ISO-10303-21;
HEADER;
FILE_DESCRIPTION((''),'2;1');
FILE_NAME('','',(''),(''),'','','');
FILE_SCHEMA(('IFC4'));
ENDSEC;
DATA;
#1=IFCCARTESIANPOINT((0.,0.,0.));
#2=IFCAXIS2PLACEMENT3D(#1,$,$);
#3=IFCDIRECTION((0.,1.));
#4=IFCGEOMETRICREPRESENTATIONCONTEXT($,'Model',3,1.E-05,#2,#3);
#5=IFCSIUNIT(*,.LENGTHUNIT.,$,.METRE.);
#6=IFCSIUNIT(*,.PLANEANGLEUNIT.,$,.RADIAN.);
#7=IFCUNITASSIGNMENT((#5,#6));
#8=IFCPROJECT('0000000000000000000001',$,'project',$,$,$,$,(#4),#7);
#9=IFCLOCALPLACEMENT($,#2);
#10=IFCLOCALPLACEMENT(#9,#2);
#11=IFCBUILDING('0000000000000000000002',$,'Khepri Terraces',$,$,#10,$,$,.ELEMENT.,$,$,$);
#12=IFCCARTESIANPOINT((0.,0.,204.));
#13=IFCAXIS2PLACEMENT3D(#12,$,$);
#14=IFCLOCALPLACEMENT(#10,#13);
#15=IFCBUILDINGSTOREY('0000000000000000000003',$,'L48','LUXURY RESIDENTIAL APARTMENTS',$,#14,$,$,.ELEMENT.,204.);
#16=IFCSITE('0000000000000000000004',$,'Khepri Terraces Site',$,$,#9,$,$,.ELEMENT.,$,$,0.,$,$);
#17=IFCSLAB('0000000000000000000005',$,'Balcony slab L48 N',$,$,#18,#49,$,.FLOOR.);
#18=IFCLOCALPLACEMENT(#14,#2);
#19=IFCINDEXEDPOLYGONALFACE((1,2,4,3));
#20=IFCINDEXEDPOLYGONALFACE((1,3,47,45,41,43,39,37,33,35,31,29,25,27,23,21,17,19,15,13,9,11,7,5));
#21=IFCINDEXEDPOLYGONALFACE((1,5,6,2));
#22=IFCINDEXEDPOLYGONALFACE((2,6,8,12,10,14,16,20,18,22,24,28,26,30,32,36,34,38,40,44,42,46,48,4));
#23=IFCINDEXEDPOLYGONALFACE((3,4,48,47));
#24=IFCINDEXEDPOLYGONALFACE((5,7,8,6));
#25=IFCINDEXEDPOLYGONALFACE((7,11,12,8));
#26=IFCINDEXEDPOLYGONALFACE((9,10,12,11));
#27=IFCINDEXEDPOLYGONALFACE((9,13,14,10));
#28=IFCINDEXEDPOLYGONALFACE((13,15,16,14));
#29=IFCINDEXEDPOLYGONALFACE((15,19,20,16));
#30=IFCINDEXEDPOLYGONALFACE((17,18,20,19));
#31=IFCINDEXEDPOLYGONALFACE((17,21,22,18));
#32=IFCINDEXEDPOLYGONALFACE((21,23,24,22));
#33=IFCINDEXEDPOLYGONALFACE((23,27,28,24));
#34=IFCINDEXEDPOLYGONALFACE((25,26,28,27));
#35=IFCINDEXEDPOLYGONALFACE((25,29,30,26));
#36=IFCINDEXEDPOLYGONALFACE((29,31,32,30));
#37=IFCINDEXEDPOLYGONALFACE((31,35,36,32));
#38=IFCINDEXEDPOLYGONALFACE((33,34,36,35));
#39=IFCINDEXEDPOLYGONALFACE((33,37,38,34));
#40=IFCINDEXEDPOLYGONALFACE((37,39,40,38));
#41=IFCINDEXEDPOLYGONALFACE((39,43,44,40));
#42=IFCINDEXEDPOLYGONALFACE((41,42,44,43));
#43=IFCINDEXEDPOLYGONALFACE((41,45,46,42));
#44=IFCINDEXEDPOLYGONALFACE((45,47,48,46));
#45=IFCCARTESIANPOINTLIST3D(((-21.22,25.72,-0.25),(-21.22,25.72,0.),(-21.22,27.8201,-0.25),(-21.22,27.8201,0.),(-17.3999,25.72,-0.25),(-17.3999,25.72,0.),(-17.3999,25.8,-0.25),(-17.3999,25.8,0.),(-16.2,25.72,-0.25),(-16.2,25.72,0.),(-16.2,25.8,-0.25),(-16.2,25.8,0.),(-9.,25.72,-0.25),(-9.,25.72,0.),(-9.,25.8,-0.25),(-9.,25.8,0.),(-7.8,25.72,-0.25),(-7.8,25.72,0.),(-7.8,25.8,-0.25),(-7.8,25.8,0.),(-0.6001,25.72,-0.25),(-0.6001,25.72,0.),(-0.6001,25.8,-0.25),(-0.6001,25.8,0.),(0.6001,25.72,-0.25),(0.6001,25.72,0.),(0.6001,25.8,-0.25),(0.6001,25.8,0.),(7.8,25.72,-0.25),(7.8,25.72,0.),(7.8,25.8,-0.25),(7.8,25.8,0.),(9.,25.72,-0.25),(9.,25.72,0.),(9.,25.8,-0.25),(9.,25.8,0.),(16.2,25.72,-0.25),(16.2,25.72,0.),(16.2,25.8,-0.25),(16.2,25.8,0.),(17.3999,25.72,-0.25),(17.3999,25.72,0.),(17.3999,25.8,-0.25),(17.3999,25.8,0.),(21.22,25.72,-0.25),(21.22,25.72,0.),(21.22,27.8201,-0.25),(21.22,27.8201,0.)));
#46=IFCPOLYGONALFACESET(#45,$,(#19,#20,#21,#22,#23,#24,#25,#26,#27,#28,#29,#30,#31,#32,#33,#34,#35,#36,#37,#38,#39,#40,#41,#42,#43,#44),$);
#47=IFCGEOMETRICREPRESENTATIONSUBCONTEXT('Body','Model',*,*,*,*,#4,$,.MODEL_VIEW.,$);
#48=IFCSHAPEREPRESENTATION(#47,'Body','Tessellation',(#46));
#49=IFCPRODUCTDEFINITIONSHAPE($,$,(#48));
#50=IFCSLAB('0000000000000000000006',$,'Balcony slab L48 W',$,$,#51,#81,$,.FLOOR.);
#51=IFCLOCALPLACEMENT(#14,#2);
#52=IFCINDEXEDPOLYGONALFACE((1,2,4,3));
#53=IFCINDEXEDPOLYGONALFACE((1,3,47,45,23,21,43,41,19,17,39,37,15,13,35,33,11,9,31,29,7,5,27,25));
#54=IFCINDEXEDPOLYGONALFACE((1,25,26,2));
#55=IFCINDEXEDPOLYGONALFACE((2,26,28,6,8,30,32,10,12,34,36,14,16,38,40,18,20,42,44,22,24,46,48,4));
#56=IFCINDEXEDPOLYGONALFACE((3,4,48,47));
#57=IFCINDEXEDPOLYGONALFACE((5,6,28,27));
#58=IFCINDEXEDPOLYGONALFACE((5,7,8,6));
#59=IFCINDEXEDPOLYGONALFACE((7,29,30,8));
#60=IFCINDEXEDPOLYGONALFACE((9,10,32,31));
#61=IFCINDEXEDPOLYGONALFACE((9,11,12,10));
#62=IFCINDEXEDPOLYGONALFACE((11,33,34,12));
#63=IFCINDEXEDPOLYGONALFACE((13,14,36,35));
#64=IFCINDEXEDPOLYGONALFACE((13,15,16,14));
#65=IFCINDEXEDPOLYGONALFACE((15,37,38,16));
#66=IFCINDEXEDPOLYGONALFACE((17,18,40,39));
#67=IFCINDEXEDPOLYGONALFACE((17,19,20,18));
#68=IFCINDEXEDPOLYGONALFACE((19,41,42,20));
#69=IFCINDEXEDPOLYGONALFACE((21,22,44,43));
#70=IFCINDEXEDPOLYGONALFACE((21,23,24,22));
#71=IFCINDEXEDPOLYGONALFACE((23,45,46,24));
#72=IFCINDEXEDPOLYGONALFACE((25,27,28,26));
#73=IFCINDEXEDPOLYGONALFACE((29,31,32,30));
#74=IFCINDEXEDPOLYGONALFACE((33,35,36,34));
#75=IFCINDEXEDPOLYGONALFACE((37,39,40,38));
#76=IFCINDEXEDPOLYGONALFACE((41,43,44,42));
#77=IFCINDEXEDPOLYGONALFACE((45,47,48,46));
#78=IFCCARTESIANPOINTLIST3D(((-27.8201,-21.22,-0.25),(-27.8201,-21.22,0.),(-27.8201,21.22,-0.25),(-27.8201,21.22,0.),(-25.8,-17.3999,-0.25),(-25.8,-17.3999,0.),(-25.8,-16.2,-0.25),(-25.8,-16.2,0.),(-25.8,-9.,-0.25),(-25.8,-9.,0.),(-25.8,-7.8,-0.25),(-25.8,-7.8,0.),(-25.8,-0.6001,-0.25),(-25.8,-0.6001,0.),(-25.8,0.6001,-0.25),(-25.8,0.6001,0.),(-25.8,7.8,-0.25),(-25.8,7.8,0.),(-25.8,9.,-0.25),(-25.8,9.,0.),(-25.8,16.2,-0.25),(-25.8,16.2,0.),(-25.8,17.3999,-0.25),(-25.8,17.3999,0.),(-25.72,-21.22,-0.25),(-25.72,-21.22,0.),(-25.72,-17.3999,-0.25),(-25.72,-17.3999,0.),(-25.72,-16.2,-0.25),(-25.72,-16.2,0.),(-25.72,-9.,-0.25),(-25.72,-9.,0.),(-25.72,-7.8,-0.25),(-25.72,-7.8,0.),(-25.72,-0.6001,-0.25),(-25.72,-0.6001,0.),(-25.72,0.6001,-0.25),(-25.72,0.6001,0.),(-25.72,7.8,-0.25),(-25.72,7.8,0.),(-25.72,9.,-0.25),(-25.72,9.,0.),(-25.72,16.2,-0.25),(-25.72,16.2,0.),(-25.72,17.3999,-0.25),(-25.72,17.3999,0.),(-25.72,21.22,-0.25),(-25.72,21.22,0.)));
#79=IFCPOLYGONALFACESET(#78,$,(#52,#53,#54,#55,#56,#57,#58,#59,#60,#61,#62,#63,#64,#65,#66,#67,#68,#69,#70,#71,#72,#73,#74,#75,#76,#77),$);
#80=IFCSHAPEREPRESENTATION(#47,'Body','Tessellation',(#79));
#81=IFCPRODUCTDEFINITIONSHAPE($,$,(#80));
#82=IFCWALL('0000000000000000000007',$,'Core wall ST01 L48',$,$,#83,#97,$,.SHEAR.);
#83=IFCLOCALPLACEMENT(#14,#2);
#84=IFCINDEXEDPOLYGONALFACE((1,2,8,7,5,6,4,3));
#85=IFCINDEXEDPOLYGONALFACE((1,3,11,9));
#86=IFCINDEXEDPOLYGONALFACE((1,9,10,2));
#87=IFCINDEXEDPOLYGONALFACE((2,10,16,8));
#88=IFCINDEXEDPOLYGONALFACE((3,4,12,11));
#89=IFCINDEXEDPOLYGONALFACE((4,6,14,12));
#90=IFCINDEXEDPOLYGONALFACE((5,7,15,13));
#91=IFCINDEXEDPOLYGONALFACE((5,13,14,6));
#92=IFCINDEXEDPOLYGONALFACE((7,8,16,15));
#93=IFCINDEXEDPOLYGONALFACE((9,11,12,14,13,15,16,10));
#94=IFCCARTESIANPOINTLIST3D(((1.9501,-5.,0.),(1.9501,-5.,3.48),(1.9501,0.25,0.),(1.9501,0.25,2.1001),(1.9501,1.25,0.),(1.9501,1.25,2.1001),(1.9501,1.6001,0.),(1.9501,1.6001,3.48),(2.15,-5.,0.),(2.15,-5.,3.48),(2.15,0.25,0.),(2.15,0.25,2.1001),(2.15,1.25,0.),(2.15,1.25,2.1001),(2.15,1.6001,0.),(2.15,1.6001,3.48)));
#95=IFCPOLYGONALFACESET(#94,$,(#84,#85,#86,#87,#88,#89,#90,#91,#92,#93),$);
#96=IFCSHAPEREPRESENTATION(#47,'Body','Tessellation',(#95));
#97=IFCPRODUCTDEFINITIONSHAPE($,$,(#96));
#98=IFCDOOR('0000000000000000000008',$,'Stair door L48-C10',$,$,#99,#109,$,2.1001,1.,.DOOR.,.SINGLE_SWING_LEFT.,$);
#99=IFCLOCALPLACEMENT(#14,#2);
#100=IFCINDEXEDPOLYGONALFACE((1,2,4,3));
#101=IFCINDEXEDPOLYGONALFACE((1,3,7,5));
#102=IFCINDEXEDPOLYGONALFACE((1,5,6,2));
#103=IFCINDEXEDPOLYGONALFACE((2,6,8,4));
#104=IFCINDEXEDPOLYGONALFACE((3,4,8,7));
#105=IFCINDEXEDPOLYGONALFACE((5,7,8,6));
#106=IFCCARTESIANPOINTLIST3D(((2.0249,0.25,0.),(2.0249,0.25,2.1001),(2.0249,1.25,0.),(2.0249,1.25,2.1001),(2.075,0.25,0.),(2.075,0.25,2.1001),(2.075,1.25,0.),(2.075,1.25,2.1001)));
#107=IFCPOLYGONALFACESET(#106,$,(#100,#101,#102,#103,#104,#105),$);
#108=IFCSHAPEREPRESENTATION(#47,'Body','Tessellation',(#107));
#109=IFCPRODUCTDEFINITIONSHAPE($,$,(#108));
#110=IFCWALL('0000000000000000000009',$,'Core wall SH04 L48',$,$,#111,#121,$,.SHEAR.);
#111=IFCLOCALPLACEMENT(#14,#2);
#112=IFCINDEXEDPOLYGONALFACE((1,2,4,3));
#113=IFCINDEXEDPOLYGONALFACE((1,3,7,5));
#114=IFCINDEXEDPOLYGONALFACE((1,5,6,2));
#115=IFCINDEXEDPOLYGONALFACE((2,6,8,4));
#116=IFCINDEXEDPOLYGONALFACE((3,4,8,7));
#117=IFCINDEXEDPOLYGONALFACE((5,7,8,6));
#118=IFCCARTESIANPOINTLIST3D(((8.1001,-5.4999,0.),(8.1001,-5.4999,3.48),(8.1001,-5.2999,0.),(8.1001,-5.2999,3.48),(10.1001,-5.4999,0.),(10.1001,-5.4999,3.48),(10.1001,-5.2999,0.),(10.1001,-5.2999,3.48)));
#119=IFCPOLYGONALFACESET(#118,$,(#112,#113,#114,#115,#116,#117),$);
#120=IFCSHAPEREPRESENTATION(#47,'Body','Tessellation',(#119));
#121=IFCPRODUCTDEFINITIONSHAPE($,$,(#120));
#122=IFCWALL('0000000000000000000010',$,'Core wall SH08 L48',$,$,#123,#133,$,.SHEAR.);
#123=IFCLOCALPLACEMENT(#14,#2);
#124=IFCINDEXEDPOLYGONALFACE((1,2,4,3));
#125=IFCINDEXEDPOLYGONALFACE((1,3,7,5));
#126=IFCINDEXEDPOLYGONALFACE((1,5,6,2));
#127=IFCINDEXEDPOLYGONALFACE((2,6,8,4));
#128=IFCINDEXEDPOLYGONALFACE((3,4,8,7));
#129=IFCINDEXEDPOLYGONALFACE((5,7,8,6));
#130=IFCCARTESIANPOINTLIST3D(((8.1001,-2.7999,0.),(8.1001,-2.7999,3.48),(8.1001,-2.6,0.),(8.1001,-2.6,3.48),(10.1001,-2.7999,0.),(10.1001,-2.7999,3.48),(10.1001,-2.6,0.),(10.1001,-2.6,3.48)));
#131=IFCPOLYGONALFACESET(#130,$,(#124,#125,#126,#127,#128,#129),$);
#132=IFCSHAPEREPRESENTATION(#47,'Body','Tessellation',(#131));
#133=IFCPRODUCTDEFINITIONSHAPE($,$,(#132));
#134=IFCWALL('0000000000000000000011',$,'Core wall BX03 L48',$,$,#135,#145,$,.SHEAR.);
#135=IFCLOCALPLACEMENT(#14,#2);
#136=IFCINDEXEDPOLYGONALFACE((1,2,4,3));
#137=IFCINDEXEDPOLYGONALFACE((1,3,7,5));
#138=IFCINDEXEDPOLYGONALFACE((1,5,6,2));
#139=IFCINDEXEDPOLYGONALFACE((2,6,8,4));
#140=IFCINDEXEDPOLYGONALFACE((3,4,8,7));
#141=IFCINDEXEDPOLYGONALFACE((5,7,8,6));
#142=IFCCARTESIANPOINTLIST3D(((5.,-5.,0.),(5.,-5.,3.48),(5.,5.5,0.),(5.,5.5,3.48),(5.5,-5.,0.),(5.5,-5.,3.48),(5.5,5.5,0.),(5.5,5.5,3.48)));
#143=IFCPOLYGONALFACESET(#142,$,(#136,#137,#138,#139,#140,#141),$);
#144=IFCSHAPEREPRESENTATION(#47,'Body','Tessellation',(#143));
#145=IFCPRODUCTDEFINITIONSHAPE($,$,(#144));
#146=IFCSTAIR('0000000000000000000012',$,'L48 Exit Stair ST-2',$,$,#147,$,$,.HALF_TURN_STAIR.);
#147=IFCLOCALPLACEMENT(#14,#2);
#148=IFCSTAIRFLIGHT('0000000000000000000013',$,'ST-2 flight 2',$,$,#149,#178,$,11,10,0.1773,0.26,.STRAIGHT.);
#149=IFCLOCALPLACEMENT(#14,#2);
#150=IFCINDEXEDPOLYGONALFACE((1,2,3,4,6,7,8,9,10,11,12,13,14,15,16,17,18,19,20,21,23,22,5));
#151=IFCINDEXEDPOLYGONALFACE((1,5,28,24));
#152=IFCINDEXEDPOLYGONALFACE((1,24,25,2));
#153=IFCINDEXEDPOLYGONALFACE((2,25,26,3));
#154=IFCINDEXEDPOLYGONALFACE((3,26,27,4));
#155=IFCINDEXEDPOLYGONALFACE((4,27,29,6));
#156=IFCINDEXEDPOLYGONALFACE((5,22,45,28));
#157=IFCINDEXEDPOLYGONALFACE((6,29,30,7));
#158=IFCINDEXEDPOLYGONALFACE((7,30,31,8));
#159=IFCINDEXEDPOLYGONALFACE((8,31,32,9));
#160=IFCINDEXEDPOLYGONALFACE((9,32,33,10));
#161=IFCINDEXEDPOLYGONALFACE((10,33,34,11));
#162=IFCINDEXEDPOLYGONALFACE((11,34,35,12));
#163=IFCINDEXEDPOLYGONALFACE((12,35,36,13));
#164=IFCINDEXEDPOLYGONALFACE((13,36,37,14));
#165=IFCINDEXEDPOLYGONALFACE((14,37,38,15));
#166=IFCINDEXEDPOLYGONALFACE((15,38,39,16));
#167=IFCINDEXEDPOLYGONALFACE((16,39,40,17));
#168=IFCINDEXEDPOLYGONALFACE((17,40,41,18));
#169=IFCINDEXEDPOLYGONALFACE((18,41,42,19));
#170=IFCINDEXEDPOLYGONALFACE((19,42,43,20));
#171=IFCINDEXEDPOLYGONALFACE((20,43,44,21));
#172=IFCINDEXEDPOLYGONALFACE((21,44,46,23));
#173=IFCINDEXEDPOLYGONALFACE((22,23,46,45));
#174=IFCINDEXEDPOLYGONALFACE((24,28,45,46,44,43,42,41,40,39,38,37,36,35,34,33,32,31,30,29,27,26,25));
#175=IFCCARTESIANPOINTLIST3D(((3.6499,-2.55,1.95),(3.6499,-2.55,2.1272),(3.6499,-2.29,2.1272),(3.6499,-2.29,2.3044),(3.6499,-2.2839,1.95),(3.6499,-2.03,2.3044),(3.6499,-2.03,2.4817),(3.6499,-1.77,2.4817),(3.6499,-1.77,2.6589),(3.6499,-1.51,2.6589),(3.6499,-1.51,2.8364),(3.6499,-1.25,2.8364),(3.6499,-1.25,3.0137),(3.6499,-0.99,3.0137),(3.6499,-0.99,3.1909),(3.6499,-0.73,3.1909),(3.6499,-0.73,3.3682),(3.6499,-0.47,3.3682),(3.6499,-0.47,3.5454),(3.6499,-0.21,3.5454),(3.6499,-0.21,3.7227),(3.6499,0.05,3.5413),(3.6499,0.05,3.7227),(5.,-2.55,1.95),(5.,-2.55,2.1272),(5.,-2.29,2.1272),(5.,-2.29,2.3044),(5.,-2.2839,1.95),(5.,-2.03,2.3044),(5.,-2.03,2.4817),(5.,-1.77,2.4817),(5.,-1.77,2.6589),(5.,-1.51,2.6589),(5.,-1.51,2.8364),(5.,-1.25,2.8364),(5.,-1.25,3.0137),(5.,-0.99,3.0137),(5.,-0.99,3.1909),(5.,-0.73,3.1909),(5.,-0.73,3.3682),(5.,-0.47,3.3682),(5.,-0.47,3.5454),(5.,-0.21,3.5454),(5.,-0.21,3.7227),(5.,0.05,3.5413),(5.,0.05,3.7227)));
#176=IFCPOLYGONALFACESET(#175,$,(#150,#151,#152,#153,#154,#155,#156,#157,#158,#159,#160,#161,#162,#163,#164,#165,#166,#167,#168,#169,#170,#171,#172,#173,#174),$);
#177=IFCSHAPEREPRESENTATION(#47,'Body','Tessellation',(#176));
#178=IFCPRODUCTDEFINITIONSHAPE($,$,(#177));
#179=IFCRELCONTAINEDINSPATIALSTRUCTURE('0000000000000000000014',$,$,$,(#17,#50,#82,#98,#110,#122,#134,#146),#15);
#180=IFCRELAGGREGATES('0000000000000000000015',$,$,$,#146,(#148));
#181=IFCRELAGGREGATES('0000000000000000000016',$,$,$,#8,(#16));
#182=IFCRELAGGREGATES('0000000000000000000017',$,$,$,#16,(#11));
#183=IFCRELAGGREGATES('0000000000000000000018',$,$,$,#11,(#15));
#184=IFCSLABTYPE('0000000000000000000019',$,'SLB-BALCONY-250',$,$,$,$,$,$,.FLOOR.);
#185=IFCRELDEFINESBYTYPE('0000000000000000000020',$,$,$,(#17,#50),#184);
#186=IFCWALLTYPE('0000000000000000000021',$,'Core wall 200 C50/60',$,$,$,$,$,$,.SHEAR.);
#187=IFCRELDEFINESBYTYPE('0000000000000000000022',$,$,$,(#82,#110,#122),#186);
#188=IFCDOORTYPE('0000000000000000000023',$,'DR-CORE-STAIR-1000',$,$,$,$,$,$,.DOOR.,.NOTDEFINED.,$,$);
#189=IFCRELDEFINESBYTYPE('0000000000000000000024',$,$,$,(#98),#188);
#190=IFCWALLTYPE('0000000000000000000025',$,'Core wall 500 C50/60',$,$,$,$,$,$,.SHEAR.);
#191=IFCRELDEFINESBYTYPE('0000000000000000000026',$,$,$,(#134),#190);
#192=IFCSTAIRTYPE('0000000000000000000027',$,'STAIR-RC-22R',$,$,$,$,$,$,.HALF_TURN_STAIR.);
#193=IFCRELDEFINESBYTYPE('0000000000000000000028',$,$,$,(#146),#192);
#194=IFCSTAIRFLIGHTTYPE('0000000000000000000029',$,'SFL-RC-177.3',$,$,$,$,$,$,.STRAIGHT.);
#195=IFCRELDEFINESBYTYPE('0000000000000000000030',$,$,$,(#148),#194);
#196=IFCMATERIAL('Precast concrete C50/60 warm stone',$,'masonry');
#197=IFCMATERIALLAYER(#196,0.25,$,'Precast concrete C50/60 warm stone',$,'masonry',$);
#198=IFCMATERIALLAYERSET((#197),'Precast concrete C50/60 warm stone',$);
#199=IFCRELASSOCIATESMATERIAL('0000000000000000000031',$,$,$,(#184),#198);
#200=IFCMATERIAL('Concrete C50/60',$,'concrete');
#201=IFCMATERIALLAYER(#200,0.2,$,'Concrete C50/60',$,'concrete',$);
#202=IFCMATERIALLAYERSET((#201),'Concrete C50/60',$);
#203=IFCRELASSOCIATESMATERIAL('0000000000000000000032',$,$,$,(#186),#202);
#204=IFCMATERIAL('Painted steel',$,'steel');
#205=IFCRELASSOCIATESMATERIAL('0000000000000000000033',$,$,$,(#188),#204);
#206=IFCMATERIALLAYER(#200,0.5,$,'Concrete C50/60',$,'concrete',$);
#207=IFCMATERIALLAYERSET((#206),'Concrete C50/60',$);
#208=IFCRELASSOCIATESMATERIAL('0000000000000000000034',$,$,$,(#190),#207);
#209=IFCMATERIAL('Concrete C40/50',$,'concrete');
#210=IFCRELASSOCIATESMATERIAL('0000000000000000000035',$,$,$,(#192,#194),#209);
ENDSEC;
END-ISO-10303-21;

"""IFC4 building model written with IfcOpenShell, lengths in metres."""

from ifc_helpers import new_model, si_unit, direction, frame, frame_2d, origin, place, context, subcontext, project, spatial, polyline, rectangle, outline, extrude, material, layer, layer_set, type_object, element, fill, aggregate, save


model = new_model("IFC4")

# Units and contexts
model_context = context("Model", 3, precision=1e-05, world=origin(), true_north=direction((0.0, 1.0)))
body_context = subcontext(model_context, "Body", "Model", "MODEL_VIEW")
ifc_project = project(units=[si_unit("LENGTHUNIT", "METRE"), si_unit("PLANEANGLEUNIT", "RADIAN")], contexts=[model_context])

# Site, building, storey
site_placement = place(None, origin())
site = spatial("IfcSite", under=ifc_project, at=site_placement, Name="Khepri Terraces Site", CompositionType="ELEMENT", RefElevation=0.0)
building_placement = place(site_placement, origin())
building = spatial("IfcBuilding", under=site, at=building_placement, Name="Khepri Terraces", CompositionType="ELEMENT")
storey_placement = place(building_placement, frame((0.0, 0.0, 204.0)))
storey = spatial("IfcBuildingStorey", under=building, at=storey_placement, Name="L48", Description="LUXURY RESIDENTIAL APARTMENTS", CompositionType="ELEMENT", Elevation=204.0)

# Slabs
ifc_material_1 = material(Name="Concrete C40/50", Category="concrete")
ifc_material_2 = material(Name="Precast concrete C50/60 warm stone", Category="masonry")
ifc_layer_1 = layer(ifc_material_2, 0.25, Name="Precast concrete C50/60 warm stone", Category="masonry")
ifc_layer_set_1 = layer_set([ifc_layer_1], Name="Precast concrete C50/60 warm stone")
slab_type_1 = type_object("IfcSlabType", Name="SLB-BALCONY-250", PredefinedType="FLOOR", material=ifc_layer_set_1)
slab_1_placement = place(storey_placement, frame((0.0, 0.0, -0.25)))
element("IfcSlab", 1, at=slab_1_placement, inside=storey, type_object=slab_type_1, Name="Balcony slab L48 N", PredefinedType="FLOOR", context=body_context, shape_type="SweptSolid", body=[
    extrude(outline(polyline([(17.3999, 25.72), (21.22, 25.72), (21.22, 27.8201), (-21.22, 27.8201), (-21.22, 25.72), (-17.3999, 25.72), (-17.3999, 25.8), (-16.2, 25.8), (-16.2, 25.72), (-9.0, 25.72), (-9.0, 25.8), (-7.8, 25.8), (-7.8, 25.72), (-0.6001, 25.72), (-0.6001, 25.8), (0.6001, 25.8), (0.6001, 25.72), (7.8, 25.72), (7.8, 25.8), (9.0, 25.8), (9.0, 25.72), (16.2, 25.72), (16.2, 25.8), (17.3999, 25.8), (17.3999, 25.72)])), origin(), (0.0, 0.0, 1.0), 0.25),
])
slab_2_placement = place(storey_placement, frame((0.0, 0.0, -0.25)))
element("IfcSlab", 2, at=slab_2_placement, inside=storey, type_object=slab_type_1, Name="Balcony slab L48 W", PredefinedType="FLOOR", context=body_context, shape_type="SweptSolid", body=[
    extrude(outline(polyline([(-25.72, 17.3999), (-25.72, 21.22), (-27.8201, 21.22), (-27.8201, -21.22), (-25.72, -21.22), (-25.72, -17.3999), (-25.8, -17.3999), (-25.8, -16.2), (-25.72, -16.2), (-25.72, -9.0), (-25.8, -9.0), (-25.8, -7.8), (-25.72, -7.8), (-25.72, -0.6001), (-25.8, -0.6001), (-25.8, 0.6001), (-25.72, 0.6001), (-25.72, 7.8), (-25.8, 7.8), (-25.8, 9.0), (-25.72, 9.0), (-25.72, 16.2), (-25.8, 16.2), (-25.8, 17.3999), (-25.72, 17.3999)])), origin(), (0.0, 0.0, 1.0), 0.25),
])

# Wall, opening, door
ifc_material_3 = material(Name="Concrete C50/60", Category="concrete")
ifc_layer_2 = layer(ifc_material_3, 0.2, Name="Concrete C50/60", Category="concrete")
ifc_layer_set_2 = layer_set([ifc_layer_2], Name="Concrete C50/60")
wall_type_1 = type_object("IfcWallType", Name="Core wall 200 C50/60", PredefinedType="SHEAR", material=ifc_layer_set_2)
wall_1_placement = place(storey_placement, frame((2.05, -5.0, 0.0), z_axis=(0.0, 0.0, 1.0), x_axis=(0.0, 1.0, 0.0)))
wall_1 = element("IfcWall", 3, at=wall_1_placement, inside=storey, type_object=wall_type_1, Name="Core wall ST01 L48", PredefinedType="SHEAR", context=body_context, shape_type="SweptSolid", body=[
    extrude(rectangle(XDim=6.6001, YDim=0.2, at=frame_2d((3.3, 0.0))), origin(), (0.0, 0.0, 1.0), 3.48),
])
opening_placement = place(wall_1_placement, frame((5.25, 0.0, 0.0)))
opening = element("IfcOpeningElement", 4, at=opening_placement, cuts=wall_1, PredefinedType="OPENING", context=body_context, shape_type="SweptSolid", body=[
    extrude(rectangle(XDim=1.0, YDim=2.1001, at=frame_2d((0.5, 1.05))), frame((0.0, 0.1099, 0.0), z_axis=(0.0, -1.0, 0.0), x_axis=(1.0, 0.0, 0.0)), (0.0, 0.0, 1.0), 0.22),
])
ifc_material_4 = material(Name="Painted steel", Category="steel")
door_type = type_object("IfcDoorType", Name="DR-CORE-STAIR-1000", OperationType="NOTDEFINED", PredefinedType="DOOR", material=ifc_material_4)
door_placement = place(opening_placement, frame((1.0, 0.0, 0.0), z_axis=(0.0, 0.0, 1.0), x_axis=(-1.0, 0.0, 0.0)))
door = element("IfcDoor", 5, at=door_placement, inside=storey, type_object=door_type, Name="Stair door L48-C10", OperationType="SINGLE_SWING_LEFT", OverallHeight=2.1001, OverallWidth=1.0, PredefinedType="DOOR", context=body_context, shape_type="SweptSolid", body=[
    extrude(rectangle(XDim=1.0, YDim=2.1001, at=frame_2d((0.5, 1.05))), frame((0.0, 0.0249, 0.0), z_axis=(0.0, -1.0, 0.0), x_axis=(1.0, 0.0, 0.0)), (0.0, 0.0, 1.0), 0.05),
])
fill(opening, door)

# Walls
for number, where, z_axis, x_axis, name in (
    (6, (8.1001, -5.3999, 0.0), (0.0, 0.0, 1.0), (1.0, 0.0, 0.0), "Core wall SH04 L48"),
    (7, (8.1001, -2.7, 0.0), (0.0, 0.0, 1.0), (1.0, 0.0, 0.0), "Core wall SH08 L48"),
):
    element("IfcWall", number, at=place(storey_placement, frame(where, z_axis=z_axis, x_axis=x_axis)), inside=storey, type_object=wall_type_1, Name=name, PredefinedType="SHEAR", context=body_context, shape_type="SweptSolid", body=[
        extrude(rectangle(XDim=2.0, YDim=0.2, at=frame_2d((1.0, 0.0))), origin(), (0.0, 0.0, 1.0), 3.48),
    ])
ifc_layer_3 = layer(ifc_material_3, 0.5, Name="Concrete C50/60", Category="concrete")
ifc_layer_set_3 = layer_set([ifc_layer_3], Name="Concrete C50/60")
wall_type_2 = type_object("IfcWallType", Name="Core wall 500 C50/60", PredefinedType="SHEAR", material=ifc_layer_set_3)
wall_2_placement = place(storey_placement, frame((5.25, -5.0, 0.0), z_axis=(0.0, 0.0, 1.0), x_axis=(0.0, 1.0, 0.0)))
element("IfcWall", 8, at=wall_2_placement, inside=storey, type_object=wall_type_2, Name="Core wall BX03 L48", PredefinedType="SHEAR", context=body_context, shape_type="SweptSolid", body=[
    extrude(rectangle(XDim=10.5, YDim=0.5, at=frame_2d((5.25, 0.0))), origin(), (0.0, 0.0, 1.0), 3.48),
])

# Stair, stair flight
stair_type = type_object("IfcStairType", Name="STAIR-RC-22R", PredefinedType="HALF_TURN_STAIR", material=ifc_material_1)
stair_placement = place(storey_placement, origin())
stair = element("IfcStair", 9, at=stair_placement, inside=storey, type_object=stair_type, Name="L48 Exit Stair ST-2", PredefinedType="HALF_TURN_STAIR")
stair_flight_type = type_object("IfcStairFlightType", Name="SFL-RC-177.3", PredefinedType="STRAIGHT", material=ifc_material_1)
stair_flight_placement = place(storey_placement, frame((4.325, -2.55, 1.95), z_axis=(0.0, 0.0, 1.0), x_axis=(0.0, 1.0, 0.0)))
stair_flight = element("IfcStairFlight", 10, at=stair_flight_placement, type_object=stair_flight_type, Name="ST-2 flight 2", NumberOfRisers=11, NumberOfTreads=10, PredefinedType="STRAIGHT", RiserHeight=0.1773, TreadLength=0.26, context=body_context, shape_type="SweptSolid", body=[
    extrude(outline(polyline([(0.0, 0.0), (0.0, 0.1772), (0.26, 0.1772), (0.26, 0.3545), (0.52, 0.3545), (0.52, 0.5317), (0.78, 0.5317), (0.78, 0.709), (1.04, 0.709), (1.04, 0.8865), (1.3, 0.8865), (1.3, 1.0637), (1.5601, 1.0637), (1.5601, 1.241), (1.8201, 1.241), (1.8201, 1.4182), (2.0801, 1.4182), (2.0801, 1.5955), (2.3401, 1.5955), (2.3401, 1.7727), (2.6001, 1.7727), (2.6001, 1.95), (2.6001, 1.5913), (0.2661, 0.0), (0.0, 0.0)])), frame((0.0, 0.675, 0.0), z_axis=(0.0, -1.0, 0.0), x_axis=(1.0, 0.0, 0.0)), (0.0, 0.0, 1.0), 1.3501),
])
aggregate(stair, [stair_flight])

save(model, "model.ifc")
